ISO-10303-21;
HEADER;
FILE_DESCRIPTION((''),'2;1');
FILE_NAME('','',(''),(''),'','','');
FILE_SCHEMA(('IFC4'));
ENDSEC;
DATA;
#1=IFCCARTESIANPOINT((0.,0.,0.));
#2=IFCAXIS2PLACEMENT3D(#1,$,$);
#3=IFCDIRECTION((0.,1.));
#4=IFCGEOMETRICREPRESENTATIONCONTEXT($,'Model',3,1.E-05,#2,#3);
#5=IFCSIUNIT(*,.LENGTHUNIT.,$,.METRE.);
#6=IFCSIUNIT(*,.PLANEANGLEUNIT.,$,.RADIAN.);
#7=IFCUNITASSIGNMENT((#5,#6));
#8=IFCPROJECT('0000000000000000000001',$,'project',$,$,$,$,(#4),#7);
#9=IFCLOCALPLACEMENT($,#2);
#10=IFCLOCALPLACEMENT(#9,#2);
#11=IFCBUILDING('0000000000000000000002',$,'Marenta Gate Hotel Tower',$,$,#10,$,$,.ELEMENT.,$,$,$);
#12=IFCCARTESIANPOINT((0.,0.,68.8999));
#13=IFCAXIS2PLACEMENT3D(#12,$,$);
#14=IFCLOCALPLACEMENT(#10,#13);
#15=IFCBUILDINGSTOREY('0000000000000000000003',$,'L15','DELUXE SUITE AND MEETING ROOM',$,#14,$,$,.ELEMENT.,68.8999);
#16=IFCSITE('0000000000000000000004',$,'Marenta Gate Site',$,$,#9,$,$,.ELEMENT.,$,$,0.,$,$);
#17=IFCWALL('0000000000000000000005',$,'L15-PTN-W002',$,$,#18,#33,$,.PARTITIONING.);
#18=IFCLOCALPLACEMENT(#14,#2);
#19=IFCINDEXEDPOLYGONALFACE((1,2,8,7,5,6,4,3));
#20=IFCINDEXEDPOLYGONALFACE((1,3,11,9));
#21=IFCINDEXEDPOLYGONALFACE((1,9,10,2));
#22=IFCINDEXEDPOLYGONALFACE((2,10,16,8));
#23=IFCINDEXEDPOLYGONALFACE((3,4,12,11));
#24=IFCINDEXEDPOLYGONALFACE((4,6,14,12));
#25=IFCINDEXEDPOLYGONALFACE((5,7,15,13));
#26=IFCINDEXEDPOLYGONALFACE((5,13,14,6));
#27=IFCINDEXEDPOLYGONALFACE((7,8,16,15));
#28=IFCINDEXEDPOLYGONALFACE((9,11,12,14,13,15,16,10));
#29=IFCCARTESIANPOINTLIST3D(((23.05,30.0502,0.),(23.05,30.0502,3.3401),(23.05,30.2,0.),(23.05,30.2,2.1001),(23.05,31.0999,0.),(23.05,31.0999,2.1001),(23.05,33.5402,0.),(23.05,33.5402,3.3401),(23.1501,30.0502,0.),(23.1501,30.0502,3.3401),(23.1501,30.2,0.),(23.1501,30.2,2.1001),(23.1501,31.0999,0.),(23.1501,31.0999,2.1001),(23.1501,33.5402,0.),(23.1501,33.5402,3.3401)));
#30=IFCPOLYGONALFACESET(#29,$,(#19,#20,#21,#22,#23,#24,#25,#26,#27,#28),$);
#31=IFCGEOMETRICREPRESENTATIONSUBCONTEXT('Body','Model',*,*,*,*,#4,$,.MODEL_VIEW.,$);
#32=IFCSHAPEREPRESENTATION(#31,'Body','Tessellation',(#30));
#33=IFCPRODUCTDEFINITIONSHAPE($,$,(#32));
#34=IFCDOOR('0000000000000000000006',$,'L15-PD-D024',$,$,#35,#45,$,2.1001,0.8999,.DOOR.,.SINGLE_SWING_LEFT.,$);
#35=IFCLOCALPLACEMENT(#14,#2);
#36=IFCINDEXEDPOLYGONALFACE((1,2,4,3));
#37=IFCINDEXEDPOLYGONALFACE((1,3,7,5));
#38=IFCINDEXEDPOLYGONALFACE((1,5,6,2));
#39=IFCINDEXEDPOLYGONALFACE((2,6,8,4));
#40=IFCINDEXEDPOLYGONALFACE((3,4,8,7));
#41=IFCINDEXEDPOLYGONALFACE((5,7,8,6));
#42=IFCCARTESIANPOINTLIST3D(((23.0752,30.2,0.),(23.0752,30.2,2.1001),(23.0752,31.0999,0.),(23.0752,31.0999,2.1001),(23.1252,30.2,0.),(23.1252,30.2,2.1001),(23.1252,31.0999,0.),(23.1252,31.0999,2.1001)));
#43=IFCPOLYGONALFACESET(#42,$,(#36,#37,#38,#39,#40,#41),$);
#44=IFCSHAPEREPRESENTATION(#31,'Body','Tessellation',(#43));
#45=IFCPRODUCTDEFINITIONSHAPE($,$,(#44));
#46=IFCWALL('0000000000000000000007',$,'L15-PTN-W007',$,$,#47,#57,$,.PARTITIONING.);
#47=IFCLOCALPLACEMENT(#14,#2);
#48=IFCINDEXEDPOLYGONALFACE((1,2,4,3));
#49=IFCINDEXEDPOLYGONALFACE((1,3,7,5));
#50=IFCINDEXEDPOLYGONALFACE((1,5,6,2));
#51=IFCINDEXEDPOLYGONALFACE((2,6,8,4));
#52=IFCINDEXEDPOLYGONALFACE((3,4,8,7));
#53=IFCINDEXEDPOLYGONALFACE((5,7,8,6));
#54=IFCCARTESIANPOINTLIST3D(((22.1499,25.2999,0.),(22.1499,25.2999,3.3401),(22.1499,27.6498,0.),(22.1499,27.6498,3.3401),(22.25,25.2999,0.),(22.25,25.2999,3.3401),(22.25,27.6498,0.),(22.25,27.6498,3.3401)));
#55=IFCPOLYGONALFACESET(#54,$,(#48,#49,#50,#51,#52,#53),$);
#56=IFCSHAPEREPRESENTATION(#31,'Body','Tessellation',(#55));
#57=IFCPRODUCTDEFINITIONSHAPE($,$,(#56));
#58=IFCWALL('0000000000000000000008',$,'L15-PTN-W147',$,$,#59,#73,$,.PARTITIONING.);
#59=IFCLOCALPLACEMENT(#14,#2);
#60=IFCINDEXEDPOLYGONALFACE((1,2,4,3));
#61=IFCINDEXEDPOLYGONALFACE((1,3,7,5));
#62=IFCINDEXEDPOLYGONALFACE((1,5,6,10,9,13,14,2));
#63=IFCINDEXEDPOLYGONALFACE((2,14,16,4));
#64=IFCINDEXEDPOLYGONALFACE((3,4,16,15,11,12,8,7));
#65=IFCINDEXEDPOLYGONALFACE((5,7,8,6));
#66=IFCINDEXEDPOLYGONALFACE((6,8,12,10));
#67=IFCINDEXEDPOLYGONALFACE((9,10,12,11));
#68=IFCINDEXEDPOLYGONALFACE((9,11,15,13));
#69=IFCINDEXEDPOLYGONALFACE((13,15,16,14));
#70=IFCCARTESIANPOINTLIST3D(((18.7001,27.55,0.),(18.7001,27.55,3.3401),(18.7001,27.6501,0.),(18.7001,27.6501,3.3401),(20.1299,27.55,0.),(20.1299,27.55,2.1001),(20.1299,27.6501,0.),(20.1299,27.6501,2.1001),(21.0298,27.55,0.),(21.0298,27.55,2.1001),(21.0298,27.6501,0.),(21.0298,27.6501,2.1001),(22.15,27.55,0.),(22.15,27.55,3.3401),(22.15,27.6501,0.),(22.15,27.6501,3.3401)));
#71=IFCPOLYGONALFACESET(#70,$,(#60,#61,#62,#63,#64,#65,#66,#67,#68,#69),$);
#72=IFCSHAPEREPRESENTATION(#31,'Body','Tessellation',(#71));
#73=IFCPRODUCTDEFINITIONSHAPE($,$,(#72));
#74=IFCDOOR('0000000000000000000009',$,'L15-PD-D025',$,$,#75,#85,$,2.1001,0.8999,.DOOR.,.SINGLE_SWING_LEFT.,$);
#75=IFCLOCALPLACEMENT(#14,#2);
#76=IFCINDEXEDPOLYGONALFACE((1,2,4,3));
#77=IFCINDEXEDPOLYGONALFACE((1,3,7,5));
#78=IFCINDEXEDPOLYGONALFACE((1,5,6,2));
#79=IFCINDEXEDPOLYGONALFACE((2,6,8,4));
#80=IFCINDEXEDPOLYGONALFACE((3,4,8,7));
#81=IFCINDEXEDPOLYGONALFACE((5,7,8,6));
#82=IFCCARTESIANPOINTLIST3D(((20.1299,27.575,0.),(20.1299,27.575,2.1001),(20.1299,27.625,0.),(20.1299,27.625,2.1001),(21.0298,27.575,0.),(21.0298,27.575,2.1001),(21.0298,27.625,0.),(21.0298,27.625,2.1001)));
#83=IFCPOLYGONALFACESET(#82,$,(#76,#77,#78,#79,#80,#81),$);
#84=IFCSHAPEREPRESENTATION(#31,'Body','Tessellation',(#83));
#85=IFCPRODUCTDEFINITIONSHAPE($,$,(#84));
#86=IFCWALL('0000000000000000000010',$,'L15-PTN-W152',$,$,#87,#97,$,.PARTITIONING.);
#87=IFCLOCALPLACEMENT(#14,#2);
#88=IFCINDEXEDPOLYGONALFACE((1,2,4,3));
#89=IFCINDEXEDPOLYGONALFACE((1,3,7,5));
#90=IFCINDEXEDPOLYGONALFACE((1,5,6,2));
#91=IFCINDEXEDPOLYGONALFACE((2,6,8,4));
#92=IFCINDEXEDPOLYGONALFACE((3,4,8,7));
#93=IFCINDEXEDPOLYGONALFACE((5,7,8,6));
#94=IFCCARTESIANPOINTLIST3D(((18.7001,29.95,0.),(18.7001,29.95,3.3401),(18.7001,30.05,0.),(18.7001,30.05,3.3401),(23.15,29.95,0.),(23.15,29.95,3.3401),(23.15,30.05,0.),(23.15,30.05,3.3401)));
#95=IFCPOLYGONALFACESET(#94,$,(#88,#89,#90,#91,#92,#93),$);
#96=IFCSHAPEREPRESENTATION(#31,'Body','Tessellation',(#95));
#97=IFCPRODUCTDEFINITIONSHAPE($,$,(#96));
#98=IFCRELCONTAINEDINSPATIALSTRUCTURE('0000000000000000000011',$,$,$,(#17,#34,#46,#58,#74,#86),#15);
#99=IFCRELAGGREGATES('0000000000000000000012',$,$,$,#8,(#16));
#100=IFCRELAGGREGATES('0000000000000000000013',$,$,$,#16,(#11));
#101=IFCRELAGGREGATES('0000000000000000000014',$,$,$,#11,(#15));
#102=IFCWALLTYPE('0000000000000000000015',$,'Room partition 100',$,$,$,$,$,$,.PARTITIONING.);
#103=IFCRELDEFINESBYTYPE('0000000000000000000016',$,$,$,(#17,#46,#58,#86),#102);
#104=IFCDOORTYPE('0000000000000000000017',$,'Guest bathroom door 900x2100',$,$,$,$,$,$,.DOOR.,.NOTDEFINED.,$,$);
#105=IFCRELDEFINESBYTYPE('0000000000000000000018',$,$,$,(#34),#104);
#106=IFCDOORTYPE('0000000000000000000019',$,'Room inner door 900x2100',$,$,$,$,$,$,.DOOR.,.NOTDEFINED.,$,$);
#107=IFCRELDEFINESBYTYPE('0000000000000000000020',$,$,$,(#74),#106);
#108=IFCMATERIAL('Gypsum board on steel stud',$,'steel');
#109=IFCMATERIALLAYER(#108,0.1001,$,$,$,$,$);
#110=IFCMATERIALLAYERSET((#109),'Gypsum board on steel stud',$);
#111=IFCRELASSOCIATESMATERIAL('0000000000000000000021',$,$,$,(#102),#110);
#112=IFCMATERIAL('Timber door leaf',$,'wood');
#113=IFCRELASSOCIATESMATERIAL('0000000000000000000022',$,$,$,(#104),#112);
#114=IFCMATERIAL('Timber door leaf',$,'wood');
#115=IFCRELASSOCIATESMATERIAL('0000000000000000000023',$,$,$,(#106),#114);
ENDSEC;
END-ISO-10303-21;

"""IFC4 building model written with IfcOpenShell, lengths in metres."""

from ifc_helpers import new_model, si_unit, direction, frame, frame_2d, origin, place, context, subcontext, project, spatial, rectangle, extrude, material, layer, layer_set, type_object, element, fill, save


model = new_model("IFC4")

# Units and contexts
model_context = context("Model", 3, precision=1e-05, world=origin(), true_north=direction((0.0, 1.0)))
body_context = subcontext(model_context, "Body", "Model", "MODEL_VIEW")
ifc_project = project(units=[si_unit("LENGTHUNIT", "METRE"), si_unit("PLANEANGLEUNIT", "RADIAN")], contexts=[model_context])

# Site, building, storey
site_placement = place(None, origin())
site = spatial("IfcSite", under=ifc_project, at=site_placement, Name="Marenta Gate Site", CompositionType="ELEMENT", RefElevation=0.0)
building_placement = place(site_placement, origin())
building = spatial("IfcBuilding", under=site, at=building_placement, Name="Marenta Gate Hotel Tower", CompositionType="ELEMENT")
storey_placement = place(building_placement, frame((0.0, 0.0, 68.8999)))
storey = spatial("IfcBuildingStorey", under=building, at=storey_placement, Name="L15", Description="DELUXE SUITE AND MEETING ROOM", CompositionType="ELEMENT", Elevation=68.8999)

# Wall, opening, door
ifc_material_1 = material(Name="Gypsum board on steel stud", Category="steel")
ifc_layer_1 = layer(ifc_material_1, 0.1001)
ifc_layer_set_1 = layer_set([ifc_layer_1], Name="Gypsum board on steel stud")
wall_type_1 = type_object("IfcWallType", Name="Room partition 100", PredefinedType="PARTITIONING", material=ifc_layer_set_1)
wall_1_placement = place(storey_placement, frame((23.1001, 30.05, 0.0), z_axis=(0.0, 0.0, 1.0), x_axis=(0.0, 1.0, 0.0)))
wall_1 = element("IfcWall", 1, at=wall_1_placement, inside=storey, type_object=wall_type_1, Name="L15-PTN-W002", PredefinedType="PARTITIONING", context=body_context, shape_type="SweptSolid", body=[
    extrude(rectangle(XDim=3.49, YDim=0.1001, at=frame_2d((1.7451, 0.0))), origin(), (0.0, 0.0, 1.0), 3.3401),
])
opening_1_placement = place(wall_1_placement, frame((0.1499, 0.0, 0.0)))
opening_1 = element("IfcOpeningElement", 2, at=opening_1_placement, cuts=wall_1, PredefinedType="OPENING", context=body_context, shape_type="SweptSolid", body=[
    extrude(rectangle(XDim=0.8999, YDim=2.1001, at=frame_2d((0.45, 1.05))), frame((0.0, 0.05, 0.0), z_axis=(0.0, -1.0, 0.0), x_axis=(1.0, 0.0, 0.0)), (0.0, 0.0, 1.0), 0.1001),
])
ifc_material_2 = material(Name="Timber door leaf", Category="wood")
door_type_1 = type_object("IfcDoorType", Name="Guest bathroom door 900x2100", OperationType="NOTDEFINED", PredefinedType="DOOR", material=ifc_material_2)
door_1_placement = place(opening_1_placement, origin())
door_1 = element("IfcDoor", 3, at=door_1_placement, inside=storey, type_object=door_type_1, Name="L15-PD-D024", OperationType="SINGLE_SWING_LEFT", OverallHeight=2.1001, OverallWidth=0.8999, PredefinedType="DOOR", context=body_context, shape_type="SweptSolid", body=[
    extrude(rectangle(XDim=0.8999, YDim=2.1001, at=frame_2d((0.45, 1.05))), frame((0.0, 0.0249, 0.0), z_axis=(0.0, -1.0, 0.0), x_axis=(1.0, 0.0, 0.0)), (0.0, 0.0, 1.0), 0.05),
])
fill(opening_1, door_1)

# Wall
wall_2_placement = place(storey_placement, frame((22.2, 25.3, 0.0), z_axis=(0.0, 0.0, 1.0), x_axis=(0.0, 1.0, 0.0)))
element("IfcWall", 4, at=wall_2_placement, inside=storey, type_object=wall_type_1, Name="L15-PTN-W007", PredefinedType="PARTITIONING", context=body_context, shape_type="SweptSolid", body=[
    extrude(rectangle(XDim=2.3499, YDim=0.1001, at=frame_2d((1.1748, 0.0))), origin(), (0.0, 0.0, 1.0), 3.3401),
])

# Wall, opening, door
wall_3_placement = place(storey_placement, frame((18.7, 27.6001, 0.0), z_axis=(0.0, 0.0, 1.0), x_axis=(1.0, 0.0, 0.0)))
wall_3 = element("IfcWall", 5, at=wall_3_placement, inside=storey, type_object=wall_type_1, Name="L15-PTN-W147", PredefinedType="PARTITIONING", context=body_context, shape_type="SweptSolid", body=[
    extrude(rectangle(XDim=3.45, YDim=0.1001, at=frame_2d((1.7251, 0.0))), origin(), (0.0, 0.0, 1.0), 3.3401),
])
opening_2_placement = place(wall_3_placement, frame((1.4299, 0.0, 0.0)))
opening_2 = element("IfcOpeningElement", 6, at=opening_2_placement, cuts=wall_3, PredefinedType="OPENING", context=body_context, shape_type="SweptSolid", body=[
    extrude(rectangle(XDim=0.8999, YDim=2.1001, at=frame_2d((0.45, 1.05))), frame((0.0, 0.05, 0.0), z_axis=(0.0, -1.0, 0.0), x_axis=(1.0, 0.0, 0.0)), (0.0, 0.0, 1.0), 0.1001),
])
ifc_material_3 = material(Name="Timber door leaf", Category="wood")
door_type_2 = type_object("IfcDoorType", Name="Room inner door 900x2100", OperationType="NOTDEFINED", PredefinedType="DOOR", material=ifc_material_3)
door_2_placement = place(opening_2_placement, origin())
door_2 = element("IfcDoor", 7, at=door_2_placement, inside=storey, type_object=door_type_2, Name="L15-PD-D025", OperationType="SINGLE_SWING_LEFT", OverallHeight=2.1001, OverallWidth=0.8999, PredefinedType="DOOR", context=body_context, shape_type="SweptSolid", body=[
    extrude(rectangle(XDim=0.8999, YDim=2.1001, at=frame_2d((0.45, 1.05))), frame((0.0, 0.0249, 0.0), z_axis=(0.0, -1.0, 0.0), x_axis=(1.0, 0.0, 0.0)), (0.0, 0.0, 1.0), 0.05),
])
fill(opening_2, door_2)

# Wall
wall_4_placement = place(storey_placement, frame((18.7, 30.0, 0.0), z_axis=(0.0, 0.0, 1.0), x_axis=(1.0, 0.0, 0.0)))
element("IfcWall", 8, at=wall_4_placement, inside=storey, type_object=wall_type_1, Name="L15-PTN-W152", PredefinedType="PARTITIONING", context=body_context, shape_type="SweptSolid", body=[
    extrude(rectangle(XDim=4.45, YDim=0.1001, at=frame_2d((2.2251, 0.0))), origin(), (0.0, 0.0, 1.0), 3.3401),
])

save(model, "model.ifc")
